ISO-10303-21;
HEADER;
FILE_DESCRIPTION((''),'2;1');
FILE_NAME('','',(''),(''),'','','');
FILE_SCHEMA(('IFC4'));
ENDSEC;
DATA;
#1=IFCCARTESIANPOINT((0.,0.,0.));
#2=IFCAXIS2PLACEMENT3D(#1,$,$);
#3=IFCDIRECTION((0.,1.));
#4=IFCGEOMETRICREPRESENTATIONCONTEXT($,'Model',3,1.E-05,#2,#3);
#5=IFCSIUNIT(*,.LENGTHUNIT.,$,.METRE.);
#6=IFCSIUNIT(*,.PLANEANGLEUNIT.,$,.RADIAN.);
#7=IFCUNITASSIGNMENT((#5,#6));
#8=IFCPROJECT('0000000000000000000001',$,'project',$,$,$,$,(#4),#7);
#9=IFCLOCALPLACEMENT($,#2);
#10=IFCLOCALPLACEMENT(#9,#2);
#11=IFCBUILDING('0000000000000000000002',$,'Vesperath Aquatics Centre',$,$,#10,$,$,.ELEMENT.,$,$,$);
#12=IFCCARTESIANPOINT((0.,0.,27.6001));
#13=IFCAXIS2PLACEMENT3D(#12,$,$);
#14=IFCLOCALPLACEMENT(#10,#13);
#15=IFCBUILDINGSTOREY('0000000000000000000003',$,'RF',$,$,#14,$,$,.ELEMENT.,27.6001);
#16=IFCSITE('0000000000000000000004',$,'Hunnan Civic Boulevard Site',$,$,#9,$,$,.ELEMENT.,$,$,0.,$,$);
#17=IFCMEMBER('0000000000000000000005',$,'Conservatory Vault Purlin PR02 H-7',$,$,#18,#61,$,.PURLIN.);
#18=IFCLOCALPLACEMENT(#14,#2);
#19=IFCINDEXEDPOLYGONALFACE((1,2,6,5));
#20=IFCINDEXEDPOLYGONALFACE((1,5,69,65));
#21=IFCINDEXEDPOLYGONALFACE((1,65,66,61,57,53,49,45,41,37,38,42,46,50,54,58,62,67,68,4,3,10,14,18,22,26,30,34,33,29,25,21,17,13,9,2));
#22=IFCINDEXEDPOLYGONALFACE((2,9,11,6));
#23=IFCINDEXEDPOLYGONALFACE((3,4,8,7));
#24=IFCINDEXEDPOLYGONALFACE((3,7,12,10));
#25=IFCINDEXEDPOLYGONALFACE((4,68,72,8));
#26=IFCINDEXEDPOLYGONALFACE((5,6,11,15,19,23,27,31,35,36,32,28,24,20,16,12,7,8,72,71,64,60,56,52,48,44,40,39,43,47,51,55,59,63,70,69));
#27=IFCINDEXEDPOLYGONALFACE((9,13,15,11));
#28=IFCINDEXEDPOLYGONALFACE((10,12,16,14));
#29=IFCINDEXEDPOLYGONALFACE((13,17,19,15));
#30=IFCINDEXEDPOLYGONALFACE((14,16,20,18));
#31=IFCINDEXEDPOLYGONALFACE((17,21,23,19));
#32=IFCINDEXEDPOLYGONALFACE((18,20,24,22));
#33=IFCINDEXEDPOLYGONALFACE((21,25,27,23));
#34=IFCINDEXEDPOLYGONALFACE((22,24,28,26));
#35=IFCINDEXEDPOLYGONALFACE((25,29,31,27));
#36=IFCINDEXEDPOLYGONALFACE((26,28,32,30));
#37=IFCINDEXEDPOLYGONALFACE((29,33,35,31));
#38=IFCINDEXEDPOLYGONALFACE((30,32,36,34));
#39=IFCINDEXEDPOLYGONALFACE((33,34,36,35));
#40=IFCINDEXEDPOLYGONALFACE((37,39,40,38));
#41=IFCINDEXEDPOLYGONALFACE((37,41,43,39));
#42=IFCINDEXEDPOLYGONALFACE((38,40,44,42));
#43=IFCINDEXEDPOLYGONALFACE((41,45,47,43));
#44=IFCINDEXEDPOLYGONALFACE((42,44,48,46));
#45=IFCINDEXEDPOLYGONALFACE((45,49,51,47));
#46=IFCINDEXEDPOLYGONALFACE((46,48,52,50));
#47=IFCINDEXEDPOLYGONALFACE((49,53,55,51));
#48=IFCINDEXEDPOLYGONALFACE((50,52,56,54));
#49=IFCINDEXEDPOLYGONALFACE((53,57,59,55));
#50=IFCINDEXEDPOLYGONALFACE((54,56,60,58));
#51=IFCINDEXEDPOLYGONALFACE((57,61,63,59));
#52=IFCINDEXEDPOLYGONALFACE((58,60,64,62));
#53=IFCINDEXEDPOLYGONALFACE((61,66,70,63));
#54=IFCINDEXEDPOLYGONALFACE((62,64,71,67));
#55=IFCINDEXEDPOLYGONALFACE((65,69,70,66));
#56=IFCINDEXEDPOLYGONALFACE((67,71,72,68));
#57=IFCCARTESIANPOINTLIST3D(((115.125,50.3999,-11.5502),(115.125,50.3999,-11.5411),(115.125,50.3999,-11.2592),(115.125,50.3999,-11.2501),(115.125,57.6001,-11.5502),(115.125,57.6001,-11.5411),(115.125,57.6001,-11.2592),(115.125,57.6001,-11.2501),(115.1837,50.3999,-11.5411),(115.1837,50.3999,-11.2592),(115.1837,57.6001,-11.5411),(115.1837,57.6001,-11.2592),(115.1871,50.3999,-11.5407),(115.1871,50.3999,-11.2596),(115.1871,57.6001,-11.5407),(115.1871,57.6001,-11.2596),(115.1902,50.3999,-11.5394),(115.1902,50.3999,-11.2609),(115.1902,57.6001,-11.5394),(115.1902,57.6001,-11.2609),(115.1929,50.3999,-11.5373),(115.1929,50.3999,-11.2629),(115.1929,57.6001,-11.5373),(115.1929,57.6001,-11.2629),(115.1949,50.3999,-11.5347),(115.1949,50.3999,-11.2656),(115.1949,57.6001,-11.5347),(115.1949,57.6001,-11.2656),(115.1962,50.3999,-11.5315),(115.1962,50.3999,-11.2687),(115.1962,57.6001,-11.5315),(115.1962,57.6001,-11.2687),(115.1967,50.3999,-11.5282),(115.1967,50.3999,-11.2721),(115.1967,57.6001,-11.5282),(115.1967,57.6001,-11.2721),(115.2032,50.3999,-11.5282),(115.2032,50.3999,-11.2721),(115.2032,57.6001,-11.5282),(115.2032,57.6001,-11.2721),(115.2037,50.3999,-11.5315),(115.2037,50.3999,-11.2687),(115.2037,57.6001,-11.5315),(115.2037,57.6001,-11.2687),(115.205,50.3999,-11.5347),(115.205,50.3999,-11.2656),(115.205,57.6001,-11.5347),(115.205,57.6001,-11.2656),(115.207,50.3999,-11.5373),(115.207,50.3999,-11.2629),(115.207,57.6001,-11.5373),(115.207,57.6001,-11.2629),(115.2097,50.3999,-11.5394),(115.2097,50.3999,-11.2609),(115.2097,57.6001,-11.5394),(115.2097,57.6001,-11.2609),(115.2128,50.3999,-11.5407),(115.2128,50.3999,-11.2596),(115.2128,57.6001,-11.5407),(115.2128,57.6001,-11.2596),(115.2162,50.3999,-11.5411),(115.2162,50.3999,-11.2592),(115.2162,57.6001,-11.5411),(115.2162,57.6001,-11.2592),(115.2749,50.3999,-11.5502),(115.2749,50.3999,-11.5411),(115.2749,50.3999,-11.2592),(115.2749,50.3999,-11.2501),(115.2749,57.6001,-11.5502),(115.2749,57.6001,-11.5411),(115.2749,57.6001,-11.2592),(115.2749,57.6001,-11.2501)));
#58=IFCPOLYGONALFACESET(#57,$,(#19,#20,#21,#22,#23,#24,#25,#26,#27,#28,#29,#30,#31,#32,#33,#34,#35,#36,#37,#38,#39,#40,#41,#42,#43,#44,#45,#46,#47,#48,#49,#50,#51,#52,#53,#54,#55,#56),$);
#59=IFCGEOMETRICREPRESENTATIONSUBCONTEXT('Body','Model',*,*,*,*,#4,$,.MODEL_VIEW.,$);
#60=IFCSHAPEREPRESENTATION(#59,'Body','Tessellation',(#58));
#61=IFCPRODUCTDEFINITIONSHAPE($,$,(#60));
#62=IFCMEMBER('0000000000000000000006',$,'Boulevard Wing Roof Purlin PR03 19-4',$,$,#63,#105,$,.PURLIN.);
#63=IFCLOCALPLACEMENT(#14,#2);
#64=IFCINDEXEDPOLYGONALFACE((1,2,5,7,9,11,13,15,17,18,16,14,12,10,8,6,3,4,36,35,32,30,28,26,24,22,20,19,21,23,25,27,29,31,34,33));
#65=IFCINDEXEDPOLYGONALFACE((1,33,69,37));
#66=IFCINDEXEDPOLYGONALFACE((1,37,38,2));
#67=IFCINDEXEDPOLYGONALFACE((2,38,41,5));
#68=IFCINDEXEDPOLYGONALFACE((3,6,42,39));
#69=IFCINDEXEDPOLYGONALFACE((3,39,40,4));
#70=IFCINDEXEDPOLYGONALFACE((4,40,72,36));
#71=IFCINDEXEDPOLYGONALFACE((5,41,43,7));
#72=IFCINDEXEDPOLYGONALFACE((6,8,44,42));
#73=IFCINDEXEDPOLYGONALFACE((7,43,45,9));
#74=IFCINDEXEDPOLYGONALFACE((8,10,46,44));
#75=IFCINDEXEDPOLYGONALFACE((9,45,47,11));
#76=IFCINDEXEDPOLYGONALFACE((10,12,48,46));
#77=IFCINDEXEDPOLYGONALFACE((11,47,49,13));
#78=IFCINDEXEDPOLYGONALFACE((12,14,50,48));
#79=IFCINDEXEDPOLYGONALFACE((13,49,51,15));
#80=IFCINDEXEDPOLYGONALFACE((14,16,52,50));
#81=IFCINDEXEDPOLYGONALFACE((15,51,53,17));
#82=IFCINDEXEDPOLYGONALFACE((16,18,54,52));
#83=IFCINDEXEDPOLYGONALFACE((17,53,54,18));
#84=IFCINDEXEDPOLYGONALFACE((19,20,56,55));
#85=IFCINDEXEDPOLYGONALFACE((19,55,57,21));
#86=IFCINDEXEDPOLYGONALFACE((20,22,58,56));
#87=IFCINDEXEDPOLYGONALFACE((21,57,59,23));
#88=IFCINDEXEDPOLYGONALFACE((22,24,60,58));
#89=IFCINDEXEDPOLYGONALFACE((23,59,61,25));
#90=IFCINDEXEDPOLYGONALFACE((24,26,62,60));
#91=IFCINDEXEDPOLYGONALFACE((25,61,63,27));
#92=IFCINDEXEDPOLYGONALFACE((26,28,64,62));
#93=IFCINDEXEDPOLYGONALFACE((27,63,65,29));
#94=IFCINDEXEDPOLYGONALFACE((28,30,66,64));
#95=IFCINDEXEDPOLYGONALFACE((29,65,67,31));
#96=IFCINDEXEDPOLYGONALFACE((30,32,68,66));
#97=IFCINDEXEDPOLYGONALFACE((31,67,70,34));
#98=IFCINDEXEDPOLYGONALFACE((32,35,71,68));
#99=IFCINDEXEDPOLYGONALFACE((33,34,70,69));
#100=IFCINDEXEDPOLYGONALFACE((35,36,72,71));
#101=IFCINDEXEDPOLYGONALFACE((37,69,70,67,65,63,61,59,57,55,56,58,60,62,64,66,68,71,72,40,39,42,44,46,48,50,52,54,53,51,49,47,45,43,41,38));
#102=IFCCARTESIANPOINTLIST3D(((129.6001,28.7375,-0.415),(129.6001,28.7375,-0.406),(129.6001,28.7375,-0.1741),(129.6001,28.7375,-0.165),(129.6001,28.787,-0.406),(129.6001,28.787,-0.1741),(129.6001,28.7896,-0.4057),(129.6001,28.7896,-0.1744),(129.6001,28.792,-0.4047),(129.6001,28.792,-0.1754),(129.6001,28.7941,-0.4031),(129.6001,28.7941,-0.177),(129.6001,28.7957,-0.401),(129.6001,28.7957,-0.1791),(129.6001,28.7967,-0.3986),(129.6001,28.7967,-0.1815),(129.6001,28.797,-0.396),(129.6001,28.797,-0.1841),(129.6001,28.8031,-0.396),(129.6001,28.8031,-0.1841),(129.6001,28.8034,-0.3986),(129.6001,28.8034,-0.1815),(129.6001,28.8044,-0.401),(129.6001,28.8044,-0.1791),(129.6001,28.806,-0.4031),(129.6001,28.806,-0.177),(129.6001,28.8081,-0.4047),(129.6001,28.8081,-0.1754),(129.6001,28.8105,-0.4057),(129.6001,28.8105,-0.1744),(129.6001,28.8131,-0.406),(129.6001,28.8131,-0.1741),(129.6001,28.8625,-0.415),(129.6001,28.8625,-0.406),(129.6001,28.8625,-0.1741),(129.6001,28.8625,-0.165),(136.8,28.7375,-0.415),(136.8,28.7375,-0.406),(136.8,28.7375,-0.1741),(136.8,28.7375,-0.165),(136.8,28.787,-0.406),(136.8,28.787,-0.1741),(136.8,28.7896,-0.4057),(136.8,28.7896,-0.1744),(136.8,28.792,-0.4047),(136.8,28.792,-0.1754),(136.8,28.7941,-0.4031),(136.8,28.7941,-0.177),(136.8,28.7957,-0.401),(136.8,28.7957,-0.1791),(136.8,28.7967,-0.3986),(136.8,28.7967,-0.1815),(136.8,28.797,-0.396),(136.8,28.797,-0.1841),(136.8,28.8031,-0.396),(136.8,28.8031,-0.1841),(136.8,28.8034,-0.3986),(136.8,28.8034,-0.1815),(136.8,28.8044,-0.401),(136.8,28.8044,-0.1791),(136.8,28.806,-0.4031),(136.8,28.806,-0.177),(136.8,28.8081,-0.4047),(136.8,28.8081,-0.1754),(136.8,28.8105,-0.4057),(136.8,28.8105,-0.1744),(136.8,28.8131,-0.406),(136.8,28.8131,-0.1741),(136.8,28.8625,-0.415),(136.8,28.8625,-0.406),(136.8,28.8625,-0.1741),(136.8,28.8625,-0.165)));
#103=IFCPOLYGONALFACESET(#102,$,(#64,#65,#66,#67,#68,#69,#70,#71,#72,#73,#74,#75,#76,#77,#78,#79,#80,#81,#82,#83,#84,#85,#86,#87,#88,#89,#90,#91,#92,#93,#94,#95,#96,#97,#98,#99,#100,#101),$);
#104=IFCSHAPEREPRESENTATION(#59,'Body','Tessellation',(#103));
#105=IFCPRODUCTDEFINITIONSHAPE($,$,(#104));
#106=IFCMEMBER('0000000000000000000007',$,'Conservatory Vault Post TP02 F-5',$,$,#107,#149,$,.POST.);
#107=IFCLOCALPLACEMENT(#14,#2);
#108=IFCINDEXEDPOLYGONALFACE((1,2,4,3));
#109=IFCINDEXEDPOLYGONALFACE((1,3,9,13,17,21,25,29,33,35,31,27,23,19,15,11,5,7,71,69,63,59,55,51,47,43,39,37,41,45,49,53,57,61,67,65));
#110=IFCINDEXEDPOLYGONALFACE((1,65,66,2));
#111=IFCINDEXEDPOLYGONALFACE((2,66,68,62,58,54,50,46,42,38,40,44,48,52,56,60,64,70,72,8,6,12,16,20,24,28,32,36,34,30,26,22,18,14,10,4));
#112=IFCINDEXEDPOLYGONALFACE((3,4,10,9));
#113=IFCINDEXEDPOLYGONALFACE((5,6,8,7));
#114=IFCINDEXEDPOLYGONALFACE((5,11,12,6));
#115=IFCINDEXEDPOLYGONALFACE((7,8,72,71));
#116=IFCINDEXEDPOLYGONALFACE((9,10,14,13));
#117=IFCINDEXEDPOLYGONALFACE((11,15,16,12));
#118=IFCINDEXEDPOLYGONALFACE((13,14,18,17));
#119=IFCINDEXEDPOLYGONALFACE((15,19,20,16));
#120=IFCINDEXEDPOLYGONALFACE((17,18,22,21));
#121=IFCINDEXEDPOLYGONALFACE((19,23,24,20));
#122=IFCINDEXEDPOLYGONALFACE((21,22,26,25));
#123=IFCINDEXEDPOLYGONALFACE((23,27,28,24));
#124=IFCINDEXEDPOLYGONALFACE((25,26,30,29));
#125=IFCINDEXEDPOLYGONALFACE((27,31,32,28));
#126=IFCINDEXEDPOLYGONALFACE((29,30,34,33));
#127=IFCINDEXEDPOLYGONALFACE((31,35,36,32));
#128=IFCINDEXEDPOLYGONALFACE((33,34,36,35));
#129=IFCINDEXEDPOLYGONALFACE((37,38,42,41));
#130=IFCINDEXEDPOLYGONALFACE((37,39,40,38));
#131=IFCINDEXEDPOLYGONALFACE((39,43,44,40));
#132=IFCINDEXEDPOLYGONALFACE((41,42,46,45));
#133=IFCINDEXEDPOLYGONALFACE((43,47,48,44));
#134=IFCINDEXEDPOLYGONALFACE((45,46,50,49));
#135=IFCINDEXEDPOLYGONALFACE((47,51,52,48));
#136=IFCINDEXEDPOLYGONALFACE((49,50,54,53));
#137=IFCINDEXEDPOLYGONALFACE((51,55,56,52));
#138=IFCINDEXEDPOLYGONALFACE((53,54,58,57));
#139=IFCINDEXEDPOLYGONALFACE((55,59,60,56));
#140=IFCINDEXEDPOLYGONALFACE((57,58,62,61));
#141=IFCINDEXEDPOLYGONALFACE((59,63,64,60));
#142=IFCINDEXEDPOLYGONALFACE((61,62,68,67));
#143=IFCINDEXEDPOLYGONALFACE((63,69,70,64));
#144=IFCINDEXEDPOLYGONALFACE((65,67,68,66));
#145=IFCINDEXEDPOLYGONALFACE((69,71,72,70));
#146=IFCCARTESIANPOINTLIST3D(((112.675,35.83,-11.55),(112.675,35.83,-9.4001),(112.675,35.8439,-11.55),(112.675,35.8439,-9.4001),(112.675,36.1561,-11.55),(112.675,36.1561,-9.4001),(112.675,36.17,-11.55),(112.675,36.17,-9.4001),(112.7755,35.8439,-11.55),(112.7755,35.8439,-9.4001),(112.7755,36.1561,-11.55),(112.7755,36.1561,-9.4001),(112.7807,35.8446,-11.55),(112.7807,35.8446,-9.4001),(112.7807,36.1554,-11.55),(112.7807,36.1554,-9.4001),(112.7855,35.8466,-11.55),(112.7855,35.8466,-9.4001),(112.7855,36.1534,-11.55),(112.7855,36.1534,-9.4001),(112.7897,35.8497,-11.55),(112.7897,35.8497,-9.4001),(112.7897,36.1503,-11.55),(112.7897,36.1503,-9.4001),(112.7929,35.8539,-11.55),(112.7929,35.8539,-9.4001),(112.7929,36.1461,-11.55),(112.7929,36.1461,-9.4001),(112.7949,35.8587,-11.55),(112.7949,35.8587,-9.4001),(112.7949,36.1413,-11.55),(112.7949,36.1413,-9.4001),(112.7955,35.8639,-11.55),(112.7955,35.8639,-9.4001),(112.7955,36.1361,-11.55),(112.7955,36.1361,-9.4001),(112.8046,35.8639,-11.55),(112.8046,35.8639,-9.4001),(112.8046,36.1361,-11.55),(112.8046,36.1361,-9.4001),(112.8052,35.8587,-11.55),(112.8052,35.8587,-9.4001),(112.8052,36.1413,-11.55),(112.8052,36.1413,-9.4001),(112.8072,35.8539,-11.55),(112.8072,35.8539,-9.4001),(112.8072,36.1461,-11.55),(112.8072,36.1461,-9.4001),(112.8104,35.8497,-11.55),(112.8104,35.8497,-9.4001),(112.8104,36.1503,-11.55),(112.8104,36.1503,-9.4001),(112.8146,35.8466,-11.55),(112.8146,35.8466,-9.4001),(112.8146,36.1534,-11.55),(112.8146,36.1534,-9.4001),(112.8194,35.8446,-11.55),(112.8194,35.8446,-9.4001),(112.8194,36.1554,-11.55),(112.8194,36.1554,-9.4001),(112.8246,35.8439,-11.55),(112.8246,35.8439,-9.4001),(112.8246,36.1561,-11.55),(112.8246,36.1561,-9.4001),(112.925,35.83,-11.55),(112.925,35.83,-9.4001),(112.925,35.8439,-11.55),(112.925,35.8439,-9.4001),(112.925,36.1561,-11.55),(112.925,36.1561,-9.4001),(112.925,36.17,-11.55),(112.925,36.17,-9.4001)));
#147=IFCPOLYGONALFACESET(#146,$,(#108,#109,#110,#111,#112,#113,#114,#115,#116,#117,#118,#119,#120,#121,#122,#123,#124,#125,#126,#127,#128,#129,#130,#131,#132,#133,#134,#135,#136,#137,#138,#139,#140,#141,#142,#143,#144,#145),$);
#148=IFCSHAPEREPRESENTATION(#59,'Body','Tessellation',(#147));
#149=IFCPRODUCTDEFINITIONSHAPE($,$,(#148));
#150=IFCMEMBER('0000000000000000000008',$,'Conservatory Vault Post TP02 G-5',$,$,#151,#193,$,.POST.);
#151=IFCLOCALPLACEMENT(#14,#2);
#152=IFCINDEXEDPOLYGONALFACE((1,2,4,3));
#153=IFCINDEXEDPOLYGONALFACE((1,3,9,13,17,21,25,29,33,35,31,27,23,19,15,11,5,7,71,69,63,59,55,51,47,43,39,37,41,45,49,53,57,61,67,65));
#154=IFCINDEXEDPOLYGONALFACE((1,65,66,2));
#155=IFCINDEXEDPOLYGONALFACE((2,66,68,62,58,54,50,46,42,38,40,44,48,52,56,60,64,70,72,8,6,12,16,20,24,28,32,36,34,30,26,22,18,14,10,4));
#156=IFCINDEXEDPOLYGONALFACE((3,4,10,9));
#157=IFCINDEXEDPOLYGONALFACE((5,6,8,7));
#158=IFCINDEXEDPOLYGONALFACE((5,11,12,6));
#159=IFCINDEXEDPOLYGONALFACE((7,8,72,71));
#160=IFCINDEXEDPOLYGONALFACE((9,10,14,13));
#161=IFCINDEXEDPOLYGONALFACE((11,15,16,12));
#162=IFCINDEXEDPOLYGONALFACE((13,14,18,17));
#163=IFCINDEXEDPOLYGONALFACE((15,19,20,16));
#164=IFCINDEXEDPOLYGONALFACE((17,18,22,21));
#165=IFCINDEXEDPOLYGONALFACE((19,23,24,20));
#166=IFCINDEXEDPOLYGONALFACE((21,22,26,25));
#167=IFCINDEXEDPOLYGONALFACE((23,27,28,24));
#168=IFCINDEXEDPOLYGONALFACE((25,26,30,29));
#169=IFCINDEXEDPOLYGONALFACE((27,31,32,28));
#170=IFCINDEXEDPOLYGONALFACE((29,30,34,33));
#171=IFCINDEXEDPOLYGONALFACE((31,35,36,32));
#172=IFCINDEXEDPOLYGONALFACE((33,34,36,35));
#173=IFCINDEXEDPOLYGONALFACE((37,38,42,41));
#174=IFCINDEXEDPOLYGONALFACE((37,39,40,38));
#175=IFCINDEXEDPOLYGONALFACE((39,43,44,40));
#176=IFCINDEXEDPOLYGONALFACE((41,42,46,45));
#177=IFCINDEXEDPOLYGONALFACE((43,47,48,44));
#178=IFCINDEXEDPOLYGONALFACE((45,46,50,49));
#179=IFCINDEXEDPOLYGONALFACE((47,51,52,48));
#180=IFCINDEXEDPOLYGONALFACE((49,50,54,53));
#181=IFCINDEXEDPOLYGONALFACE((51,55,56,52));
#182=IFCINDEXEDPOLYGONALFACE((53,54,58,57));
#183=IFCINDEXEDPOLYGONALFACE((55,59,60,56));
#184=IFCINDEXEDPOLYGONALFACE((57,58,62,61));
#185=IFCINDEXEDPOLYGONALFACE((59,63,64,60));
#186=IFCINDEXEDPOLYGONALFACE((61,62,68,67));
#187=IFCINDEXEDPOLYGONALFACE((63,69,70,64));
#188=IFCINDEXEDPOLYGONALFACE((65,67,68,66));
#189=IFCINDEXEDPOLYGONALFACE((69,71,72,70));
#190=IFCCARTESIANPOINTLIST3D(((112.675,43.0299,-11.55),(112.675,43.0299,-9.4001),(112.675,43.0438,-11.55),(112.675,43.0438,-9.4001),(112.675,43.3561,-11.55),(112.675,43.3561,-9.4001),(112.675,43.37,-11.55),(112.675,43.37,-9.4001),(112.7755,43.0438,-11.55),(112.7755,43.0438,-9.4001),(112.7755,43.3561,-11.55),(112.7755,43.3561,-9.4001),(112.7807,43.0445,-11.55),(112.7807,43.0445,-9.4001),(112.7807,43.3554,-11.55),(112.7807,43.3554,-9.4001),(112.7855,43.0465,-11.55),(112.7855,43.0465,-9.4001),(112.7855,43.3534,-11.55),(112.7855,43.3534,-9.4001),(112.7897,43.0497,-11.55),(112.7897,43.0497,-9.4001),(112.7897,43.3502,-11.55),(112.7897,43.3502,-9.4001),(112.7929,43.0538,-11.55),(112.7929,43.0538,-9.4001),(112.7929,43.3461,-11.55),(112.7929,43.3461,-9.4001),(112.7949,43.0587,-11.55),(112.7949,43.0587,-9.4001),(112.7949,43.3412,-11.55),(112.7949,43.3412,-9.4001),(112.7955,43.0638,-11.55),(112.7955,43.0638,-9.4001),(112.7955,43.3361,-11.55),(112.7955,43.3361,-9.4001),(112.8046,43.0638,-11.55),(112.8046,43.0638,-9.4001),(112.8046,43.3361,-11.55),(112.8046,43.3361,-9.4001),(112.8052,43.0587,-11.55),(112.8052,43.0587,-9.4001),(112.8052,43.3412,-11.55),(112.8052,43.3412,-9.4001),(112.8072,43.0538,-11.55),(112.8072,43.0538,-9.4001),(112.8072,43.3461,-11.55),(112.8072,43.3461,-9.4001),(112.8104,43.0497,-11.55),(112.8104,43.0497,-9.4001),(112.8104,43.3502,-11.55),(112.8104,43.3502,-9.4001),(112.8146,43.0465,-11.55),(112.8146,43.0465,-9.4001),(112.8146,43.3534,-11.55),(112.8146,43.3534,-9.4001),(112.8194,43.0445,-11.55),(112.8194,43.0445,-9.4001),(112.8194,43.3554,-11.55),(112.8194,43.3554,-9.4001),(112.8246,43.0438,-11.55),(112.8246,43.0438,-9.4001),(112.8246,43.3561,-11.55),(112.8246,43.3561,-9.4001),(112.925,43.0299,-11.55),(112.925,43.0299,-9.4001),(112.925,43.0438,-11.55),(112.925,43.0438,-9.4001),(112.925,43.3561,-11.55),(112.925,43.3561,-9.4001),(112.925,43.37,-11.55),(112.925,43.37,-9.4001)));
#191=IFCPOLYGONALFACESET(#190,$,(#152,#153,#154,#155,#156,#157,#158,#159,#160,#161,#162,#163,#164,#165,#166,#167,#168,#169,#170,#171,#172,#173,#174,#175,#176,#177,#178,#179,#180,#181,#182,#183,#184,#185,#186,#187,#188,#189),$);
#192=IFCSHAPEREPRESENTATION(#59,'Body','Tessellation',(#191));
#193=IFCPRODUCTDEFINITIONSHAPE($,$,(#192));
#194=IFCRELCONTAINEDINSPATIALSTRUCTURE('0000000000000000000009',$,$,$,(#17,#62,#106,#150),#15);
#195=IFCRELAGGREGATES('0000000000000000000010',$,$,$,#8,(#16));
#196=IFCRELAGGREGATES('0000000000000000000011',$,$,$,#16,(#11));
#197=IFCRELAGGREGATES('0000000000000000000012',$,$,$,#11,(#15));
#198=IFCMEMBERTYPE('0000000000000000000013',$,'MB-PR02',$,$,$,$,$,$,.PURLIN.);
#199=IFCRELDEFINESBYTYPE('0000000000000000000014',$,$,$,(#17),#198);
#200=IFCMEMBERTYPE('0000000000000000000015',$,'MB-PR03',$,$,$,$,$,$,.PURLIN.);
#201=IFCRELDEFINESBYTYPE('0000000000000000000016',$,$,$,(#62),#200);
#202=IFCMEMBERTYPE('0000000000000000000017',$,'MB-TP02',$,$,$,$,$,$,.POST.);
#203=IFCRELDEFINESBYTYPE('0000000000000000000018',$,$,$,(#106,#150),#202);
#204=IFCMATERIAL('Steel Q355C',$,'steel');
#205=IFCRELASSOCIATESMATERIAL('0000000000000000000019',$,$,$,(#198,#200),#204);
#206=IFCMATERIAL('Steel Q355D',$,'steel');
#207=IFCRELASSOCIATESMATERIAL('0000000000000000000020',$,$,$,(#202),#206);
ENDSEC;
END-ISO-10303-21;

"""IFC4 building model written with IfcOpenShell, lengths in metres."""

from ifc_helpers import new_model, si_unit, direction, frame, origin, origin_2d, place, context, subcontext, project, spatial, i_section, extrude, material, material_profile, profile_set, type_object, element, save


model = new_model("IFC4")

# Units and contexts
model_context = context("Model", 3, precision=1e-05, world=origin(), true_north=direction((0.0, 1.0)))
body_context = subcontext(model_context, "Body", "Model", "MODEL_VIEW")
ifc_project = project(units=[si_unit("LENGTHUNIT", "METRE"), si_unit("PLANEANGLEUNIT", "RADIAN")], contexts=[model_context])

# Site, building, storey
site_placement = place(None, origin())
site = spatial("IfcSite", under=ifc_project, at=site_placement, Name="Hunnan Civic Boulevard Site", CompositionType="ELEMENT", RefElevation=0.0)
building_placement = place(site_placement, origin())
building = spatial("IfcBuilding", under=site, at=building_placement, Name="Vesperath Aquatics Centre", CompositionType="ELEMENT")
storey_placement = place(building_placement, frame((0.0, 0.0, 27.6001)))
storey = spatial("IfcBuildingStorey", under=building, at=storey_placement, Name="RF", CompositionType="ELEMENT", Elevation=27.6001)

# Members
ifc_material_1 = material(Name="Steel Q355D", Category="steel")
ifc_material_2 = material(Name="Steel Q355C", Category="steel")
ifc_material_profile_1 = material_profile(ifc_material_2, i_section(OverallWidth=0.1499, OverallDepth=0.3, WebThickness=0.0066, FlangeThickness=0.009, FilletRadius=0.0129, at=origin_2d()), Name="HN 300x150x6.5x9")
ifc_profile_set_1 = profile_set([ifc_material_profile_1], Name="Steel Q355C")
member_type_1 = type_object("IfcMemberType", Name="MB-PR02", PredefinedType="PURLIN", material=ifc_profile_set_1)
for number, where, z_axis, x_axis, name in (
    (1, (115.2, 50.3999, -11.4001), (0.0, 1.0, 0.0), (-1.0, 0.0, 0.0), "Conservatory Vault Purlin PR02 H-7"),
):
    element("IfcMember", number, at=place(storey_placement, frame(where, z_axis=z_axis, x_axis=x_axis)), inside=storey, type_object=member_type_1, Name=name, PredefinedType="PURLIN", context=body_context, shape_type="SweptSolid", body=[
        extrude(i_section(OverallWidth=0.1499, OverallDepth=0.3, WebThickness=0.0066, FlangeThickness=0.009, FilletRadius=0.0129, at=origin_2d()), origin(), (0.0, 0.0, 1.0), 7.2002),
    ])
ifc_material_profile_2 = material_profile(ifc_material_2, i_section(OverallWidth=0.125, OverallDepth=0.25, WebThickness=0.0061, FlangeThickness=0.009, FilletRadius=0.01, at=origin_2d()), Name="HN 250x125x6x9")
ifc_profile_set_2 = profile_set([ifc_material_profile_2], Name="Steel Q355C")
member_type_2 = type_object("IfcMemberType", Name="MB-PR03", PredefinedType="PURLIN", material=ifc_profile_set_2)
member_placement = place(storey_placement, frame((129.6001, 28.8, -0.29), z_axis=(1.0, 0.0, 0.0), x_axis=(0.0, 1.0, 0.0)))
element("IfcMember", 2, at=member_placement, inside=storey, type_object=member_type_2, Name="Boulevard Wing Roof Purlin PR03 19-4", PredefinedType="PURLIN", context=body_context, shape_type="SweptSolid", body=[
    extrude(i_section(OverallWidth=0.125, OverallDepth=0.25, WebThickness=0.0061, FlangeThickness=0.009, FilletRadius=0.01, at=origin_2d()), origin(), (0.0, 0.0, 1.0), 7.2),
])
ifc_material_profile_3 = material_profile(ifc_material_1, i_section(OverallWidth=0.25, OverallDepth=0.3401, WebThickness=0.009, FlangeThickness=0.0139, FilletRadius=0.02, at=origin_2d()), Name="HM 340x250x9x14")
ifc_profile_set_3 = profile_set([ifc_material_profile_3], Name="Steel Q355D")
member_type_3 = type_object("IfcMemberType", Name="MB-TP02", PredefinedType="POST", material=ifc_profile_set_3)
for number, where, z_axis, x_axis, name in (
    (3, (112.8, 36.0, -11.55), (0.0, 0.0, 1.0), (1.0, 0.0, 0.0), "Conservatory Vault Post TP02 F-5"),
    (4, (112.8, 43.2, -11.55), (0.0, 0.0, 1.0), (1.0, 0.0, 0.0), "Conservatory Vault Post TP02 G-5"),
):
    element("IfcMember", number, at=place(storey_placement, frame(where, z_axis=z_axis, x_axis=x_axis)), inside=storey, type_object=member_type_3, Name=name, PredefinedType="POST", context=body_context, shape_type="SweptSolid", body=[
        extrude(i_section(OverallWidth=0.25, OverallDepth=0.3401, WebThickness=0.009, FlangeThickness=0.0139, FilletRadius=0.02, at=origin_2d()), origin(), (0.0, 0.0, 1.0), 2.1499),
    ])

save(model, "model.ifc")
